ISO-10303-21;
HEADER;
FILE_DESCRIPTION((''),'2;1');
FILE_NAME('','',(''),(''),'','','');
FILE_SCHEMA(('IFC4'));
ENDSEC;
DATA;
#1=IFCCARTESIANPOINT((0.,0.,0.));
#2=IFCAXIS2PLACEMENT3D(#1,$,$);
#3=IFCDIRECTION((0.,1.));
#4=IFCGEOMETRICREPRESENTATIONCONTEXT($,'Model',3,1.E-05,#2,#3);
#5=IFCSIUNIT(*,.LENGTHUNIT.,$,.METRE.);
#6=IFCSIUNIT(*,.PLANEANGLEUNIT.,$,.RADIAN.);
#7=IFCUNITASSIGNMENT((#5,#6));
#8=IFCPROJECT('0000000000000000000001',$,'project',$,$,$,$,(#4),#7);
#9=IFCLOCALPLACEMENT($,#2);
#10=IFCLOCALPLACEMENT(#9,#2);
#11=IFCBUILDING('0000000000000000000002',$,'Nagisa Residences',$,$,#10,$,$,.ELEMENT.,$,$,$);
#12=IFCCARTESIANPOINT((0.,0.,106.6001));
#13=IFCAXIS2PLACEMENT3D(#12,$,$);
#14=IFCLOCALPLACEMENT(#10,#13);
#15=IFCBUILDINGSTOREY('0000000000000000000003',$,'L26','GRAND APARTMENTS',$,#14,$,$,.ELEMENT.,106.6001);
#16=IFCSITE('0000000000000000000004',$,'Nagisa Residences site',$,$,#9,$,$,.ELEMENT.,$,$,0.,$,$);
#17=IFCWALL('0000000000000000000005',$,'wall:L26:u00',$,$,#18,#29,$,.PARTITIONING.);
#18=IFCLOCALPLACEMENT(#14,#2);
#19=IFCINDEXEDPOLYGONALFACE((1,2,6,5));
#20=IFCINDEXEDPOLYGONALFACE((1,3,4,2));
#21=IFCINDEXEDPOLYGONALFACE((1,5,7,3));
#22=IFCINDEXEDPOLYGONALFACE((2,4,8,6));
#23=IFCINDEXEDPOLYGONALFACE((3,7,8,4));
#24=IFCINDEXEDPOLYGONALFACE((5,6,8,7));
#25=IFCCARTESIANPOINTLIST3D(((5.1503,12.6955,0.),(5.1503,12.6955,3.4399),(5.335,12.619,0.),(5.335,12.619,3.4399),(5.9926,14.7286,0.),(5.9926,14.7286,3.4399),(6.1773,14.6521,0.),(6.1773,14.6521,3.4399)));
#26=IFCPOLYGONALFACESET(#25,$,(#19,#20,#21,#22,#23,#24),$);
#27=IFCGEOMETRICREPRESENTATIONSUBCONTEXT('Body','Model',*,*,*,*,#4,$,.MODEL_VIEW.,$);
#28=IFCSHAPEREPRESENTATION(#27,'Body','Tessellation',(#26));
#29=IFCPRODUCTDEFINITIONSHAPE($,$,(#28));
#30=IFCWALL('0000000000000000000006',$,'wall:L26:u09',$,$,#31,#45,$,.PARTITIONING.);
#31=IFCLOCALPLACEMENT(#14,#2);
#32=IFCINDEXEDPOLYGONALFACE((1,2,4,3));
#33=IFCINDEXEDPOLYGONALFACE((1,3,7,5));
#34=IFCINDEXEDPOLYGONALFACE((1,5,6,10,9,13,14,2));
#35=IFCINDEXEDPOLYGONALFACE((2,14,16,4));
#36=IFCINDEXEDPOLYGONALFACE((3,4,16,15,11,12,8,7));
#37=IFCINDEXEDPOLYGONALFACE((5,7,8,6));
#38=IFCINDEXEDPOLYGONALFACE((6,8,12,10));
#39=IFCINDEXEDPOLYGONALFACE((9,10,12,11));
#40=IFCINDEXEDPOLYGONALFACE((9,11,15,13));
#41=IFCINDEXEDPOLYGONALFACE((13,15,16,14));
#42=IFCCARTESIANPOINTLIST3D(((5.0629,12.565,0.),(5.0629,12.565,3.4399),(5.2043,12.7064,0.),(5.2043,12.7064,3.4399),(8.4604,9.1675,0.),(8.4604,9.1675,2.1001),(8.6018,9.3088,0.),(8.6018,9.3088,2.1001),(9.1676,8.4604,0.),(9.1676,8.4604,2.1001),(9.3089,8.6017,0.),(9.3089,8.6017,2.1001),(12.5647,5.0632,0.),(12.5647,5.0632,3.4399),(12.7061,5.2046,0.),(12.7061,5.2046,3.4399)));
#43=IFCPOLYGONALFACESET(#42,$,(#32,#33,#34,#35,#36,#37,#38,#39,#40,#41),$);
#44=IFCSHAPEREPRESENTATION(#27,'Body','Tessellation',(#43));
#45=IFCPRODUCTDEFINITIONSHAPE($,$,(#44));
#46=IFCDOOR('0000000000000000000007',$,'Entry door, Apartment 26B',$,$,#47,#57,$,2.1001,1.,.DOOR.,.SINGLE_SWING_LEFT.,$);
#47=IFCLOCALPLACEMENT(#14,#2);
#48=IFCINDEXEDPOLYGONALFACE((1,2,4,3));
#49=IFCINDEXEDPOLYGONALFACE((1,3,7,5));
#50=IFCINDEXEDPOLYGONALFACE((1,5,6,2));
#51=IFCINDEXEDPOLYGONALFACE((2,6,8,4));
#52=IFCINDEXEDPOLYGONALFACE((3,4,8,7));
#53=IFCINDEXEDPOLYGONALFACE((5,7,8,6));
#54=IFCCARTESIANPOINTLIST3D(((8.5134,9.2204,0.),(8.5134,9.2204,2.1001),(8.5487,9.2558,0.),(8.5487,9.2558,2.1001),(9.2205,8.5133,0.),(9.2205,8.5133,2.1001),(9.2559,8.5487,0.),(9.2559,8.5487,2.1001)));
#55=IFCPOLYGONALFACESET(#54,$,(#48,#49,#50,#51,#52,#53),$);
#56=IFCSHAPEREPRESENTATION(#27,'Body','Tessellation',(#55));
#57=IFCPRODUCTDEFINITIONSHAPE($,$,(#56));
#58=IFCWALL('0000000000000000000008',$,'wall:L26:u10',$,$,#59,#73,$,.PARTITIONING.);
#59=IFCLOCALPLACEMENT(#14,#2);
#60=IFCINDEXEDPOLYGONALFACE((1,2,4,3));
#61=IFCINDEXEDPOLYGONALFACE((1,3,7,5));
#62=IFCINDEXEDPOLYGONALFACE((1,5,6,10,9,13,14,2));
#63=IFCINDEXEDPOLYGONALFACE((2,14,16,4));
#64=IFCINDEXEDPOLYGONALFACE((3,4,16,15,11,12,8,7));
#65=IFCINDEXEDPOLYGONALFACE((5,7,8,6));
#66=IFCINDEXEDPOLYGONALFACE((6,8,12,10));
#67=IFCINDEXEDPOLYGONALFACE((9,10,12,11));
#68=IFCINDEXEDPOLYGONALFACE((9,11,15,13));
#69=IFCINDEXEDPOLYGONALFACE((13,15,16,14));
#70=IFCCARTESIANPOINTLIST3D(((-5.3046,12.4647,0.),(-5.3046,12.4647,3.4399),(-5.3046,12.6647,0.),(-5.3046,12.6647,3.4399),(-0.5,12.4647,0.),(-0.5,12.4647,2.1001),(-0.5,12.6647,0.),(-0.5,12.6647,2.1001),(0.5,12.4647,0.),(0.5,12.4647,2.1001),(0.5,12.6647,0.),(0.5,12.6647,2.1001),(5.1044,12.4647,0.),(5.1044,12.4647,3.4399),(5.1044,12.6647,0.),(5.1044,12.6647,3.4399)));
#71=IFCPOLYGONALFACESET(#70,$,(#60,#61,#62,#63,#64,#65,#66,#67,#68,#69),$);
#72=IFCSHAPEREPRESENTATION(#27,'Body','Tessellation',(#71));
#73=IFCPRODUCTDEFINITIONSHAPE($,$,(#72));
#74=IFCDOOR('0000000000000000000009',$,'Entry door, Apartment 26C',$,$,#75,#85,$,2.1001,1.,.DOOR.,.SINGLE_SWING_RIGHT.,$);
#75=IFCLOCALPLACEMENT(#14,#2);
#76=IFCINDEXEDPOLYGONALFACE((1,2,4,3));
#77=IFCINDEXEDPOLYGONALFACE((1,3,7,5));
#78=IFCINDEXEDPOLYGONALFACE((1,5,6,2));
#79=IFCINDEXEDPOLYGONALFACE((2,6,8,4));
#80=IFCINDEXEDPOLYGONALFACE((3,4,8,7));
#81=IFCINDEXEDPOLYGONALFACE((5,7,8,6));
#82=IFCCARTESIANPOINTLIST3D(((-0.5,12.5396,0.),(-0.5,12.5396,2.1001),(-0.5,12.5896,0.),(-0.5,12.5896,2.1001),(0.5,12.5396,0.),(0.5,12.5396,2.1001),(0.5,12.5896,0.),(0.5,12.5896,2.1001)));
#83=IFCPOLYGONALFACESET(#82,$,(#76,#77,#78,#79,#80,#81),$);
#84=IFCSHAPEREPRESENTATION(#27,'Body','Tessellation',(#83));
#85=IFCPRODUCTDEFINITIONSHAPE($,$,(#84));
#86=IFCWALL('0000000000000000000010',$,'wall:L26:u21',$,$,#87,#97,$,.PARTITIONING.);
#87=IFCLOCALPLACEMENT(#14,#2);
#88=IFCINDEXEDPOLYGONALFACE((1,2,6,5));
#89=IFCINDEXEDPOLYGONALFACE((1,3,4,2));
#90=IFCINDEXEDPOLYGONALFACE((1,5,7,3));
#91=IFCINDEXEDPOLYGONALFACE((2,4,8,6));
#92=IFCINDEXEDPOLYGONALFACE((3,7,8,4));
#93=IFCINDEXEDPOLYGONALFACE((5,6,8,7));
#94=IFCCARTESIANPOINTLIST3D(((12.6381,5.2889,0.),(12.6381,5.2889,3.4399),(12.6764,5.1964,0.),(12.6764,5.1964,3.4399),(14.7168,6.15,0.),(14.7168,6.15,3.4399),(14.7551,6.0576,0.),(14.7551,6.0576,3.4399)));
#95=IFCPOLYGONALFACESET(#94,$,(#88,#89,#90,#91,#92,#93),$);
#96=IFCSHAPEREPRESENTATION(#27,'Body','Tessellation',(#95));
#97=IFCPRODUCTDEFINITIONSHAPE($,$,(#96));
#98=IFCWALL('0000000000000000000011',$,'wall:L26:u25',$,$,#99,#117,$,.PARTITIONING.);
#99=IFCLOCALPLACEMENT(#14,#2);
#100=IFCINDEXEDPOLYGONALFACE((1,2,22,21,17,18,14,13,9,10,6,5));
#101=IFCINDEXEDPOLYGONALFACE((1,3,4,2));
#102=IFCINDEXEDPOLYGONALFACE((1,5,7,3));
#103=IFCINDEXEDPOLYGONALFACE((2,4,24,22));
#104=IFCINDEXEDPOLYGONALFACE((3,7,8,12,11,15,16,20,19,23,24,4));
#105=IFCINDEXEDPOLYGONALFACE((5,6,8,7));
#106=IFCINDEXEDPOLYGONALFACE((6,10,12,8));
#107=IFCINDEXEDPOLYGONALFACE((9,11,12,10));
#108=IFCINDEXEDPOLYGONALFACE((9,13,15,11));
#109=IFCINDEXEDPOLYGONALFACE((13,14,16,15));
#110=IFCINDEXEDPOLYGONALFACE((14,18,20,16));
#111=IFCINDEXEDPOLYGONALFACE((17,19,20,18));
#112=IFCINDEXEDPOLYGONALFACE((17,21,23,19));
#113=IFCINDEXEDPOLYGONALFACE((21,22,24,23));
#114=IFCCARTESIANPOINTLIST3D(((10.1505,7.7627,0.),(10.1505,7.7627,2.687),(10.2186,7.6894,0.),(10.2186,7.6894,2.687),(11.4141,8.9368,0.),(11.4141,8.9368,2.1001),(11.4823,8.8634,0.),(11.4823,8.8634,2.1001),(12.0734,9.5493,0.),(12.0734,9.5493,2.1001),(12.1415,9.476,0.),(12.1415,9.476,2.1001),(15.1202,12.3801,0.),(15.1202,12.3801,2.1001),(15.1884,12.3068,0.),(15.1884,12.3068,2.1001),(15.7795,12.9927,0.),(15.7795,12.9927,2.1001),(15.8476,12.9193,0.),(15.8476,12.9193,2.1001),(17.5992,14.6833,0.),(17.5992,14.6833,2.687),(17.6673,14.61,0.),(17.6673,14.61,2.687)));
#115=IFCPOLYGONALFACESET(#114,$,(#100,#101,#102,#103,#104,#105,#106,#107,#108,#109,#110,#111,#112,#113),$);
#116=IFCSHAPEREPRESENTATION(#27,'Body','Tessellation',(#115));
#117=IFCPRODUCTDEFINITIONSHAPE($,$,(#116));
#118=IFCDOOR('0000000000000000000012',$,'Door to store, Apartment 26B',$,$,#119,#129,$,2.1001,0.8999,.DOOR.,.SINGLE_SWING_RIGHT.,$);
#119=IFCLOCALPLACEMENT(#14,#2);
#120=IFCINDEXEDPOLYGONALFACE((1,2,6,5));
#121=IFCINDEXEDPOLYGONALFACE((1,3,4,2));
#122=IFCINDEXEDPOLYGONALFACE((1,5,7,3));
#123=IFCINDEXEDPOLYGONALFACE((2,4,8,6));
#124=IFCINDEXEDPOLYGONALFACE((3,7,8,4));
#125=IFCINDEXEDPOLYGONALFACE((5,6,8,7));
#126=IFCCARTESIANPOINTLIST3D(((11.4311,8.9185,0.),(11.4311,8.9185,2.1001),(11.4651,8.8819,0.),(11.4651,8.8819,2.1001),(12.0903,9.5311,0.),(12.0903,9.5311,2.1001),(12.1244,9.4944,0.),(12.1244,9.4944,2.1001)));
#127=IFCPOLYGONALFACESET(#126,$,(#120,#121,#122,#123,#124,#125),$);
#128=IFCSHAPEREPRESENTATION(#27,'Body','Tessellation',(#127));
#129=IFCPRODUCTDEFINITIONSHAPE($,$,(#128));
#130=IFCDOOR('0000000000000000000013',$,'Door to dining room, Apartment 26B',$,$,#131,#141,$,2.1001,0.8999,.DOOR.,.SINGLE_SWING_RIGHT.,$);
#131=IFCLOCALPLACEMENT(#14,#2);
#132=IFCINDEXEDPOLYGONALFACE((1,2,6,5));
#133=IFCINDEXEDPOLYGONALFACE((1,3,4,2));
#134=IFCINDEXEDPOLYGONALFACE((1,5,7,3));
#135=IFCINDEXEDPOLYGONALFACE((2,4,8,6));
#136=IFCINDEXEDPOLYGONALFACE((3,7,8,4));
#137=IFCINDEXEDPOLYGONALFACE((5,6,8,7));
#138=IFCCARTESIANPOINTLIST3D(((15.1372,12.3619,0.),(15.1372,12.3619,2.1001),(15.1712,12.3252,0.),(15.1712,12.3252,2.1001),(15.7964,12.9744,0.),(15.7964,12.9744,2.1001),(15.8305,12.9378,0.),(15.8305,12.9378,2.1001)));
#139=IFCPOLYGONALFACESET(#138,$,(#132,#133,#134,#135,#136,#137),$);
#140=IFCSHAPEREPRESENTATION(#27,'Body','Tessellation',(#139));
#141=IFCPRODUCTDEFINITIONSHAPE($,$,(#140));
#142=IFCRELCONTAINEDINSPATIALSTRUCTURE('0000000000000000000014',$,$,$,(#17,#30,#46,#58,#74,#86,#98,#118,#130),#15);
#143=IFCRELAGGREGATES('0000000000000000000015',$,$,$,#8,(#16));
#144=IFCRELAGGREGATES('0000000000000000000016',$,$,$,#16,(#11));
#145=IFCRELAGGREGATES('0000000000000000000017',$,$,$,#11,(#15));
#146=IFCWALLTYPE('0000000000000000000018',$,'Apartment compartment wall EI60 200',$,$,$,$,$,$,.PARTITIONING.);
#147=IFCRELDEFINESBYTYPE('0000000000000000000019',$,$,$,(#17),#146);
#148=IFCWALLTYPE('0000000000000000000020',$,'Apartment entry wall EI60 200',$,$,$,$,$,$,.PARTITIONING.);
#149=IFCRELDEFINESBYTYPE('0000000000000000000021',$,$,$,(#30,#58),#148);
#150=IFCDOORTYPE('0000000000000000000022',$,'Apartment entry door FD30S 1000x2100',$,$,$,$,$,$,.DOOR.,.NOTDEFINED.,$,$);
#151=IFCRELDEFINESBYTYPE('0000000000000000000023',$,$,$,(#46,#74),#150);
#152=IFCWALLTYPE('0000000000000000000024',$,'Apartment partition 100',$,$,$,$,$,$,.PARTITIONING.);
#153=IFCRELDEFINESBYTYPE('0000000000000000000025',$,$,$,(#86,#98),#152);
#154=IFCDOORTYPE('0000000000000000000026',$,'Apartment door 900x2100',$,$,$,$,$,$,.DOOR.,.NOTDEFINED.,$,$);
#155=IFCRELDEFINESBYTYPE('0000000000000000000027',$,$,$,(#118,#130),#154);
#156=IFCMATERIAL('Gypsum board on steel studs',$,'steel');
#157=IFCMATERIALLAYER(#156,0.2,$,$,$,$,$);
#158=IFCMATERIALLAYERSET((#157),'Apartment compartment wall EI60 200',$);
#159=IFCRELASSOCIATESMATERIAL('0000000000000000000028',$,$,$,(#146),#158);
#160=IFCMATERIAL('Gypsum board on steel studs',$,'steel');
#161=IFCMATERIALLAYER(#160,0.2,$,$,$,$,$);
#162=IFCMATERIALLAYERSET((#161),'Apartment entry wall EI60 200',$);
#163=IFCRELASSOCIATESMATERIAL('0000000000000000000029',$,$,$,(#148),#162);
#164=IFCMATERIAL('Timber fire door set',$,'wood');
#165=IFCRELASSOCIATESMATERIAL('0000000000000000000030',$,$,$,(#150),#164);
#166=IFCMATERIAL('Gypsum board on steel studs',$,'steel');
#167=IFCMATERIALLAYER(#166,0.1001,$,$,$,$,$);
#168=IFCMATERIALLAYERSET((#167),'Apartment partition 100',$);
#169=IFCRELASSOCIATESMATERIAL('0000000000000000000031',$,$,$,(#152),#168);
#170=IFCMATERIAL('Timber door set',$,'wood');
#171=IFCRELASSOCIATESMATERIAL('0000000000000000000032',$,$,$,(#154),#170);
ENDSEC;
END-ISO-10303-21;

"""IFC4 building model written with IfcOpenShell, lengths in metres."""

from ifc_helpers import new_model, si_unit, direction, frame, frame_2d, origin, place, context, subcontext, project, spatial, rectangle, extrude, material, layer, layer_set, type_object, element, fill, save


model = new_model("IFC4")

# Units and contexts
model_context = context("Model", 3, precision=1e-05, world=origin(), true_north=direction((0.0, 1.0)))
body_context = subcontext(model_context, "Body", "Model", "MODEL_VIEW")
ifc_project = project(units=[si_unit("LENGTHUNIT", "METRE"), si_unit("PLANEANGLEUNIT", "RADIAN")], contexts=[model_context])

# Site, building, storey
site_placement = place(None, origin())
site = spatial("IfcSite", under=ifc_project, at=site_placement, Name="Nagisa Residences site", CompositionType="ELEMENT", RefElevation=0.0)
building_placement = place(site_placement, origin())
building = spatial("IfcBuilding", under=site, at=building_placement, Name="Nagisa Residences", CompositionType="ELEMENT")
storey_placement = place(building_placement, frame((0.0, 0.0, 106.6001)))
storey = spatial("IfcBuildingStorey", under=building, at=storey_placement, Name="L26", Description="GRAND APARTMENTS", CompositionType="ELEMENT", Elevation=106.6001)

# Wall
ifc_material_1 = material(Name="Gypsum board on steel studs", Category="steel")
ifc_layer_1 = layer(ifc_material_1, 0.2)
ifc_layer_set_1 = layer_set([ifc_layer_1], Name="Apartment compartment wall EI60 200")
wall_type_1 = type_object("IfcWallType", Name="Apartment compartment wall EI60 200", PredefinedType="PARTITIONING", material=ifc_layer_set_1)
wall_1_placement = place(storey_placement, frame((5.2427, 12.6572, 0.0), z_axis=(0.0, 0.0, 1.0), x_axis=(0.382724, 0.923863, 0.0)))
element("IfcWall", 1, at=wall_1_placement, inside=storey, type_object=wall_type_1, Name="wall:L26:u00", PredefinedType="PARTITIONING", context=body_context, shape_type="SweptSolid", body=[
    extrude(rectangle(XDim=2.2007, YDim=0.2, at=frame_2d((1.1003, 0.0))), origin(), (0.0, 0.0, 1.0), 3.4399),
])

# Walls, openings, doors
ifc_material_2 = material(Name="Gypsum board on steel studs", Category="steel")
ifc_layer_2 = layer(ifc_material_2, 0.2)
ifc_layer_set_2 = layer_set([ifc_layer_2], Name="Apartment entry wall EI60 200")
wall_type_2 = type_object("IfcWallType", Name="Apartment entry wall EI60 200", PredefinedType="PARTITIONING", material=ifc_layer_set_2)
wall_2_placement = place(storey_placement, frame((12.6355, 5.1338, 0.0), z_axis=(0.0, 0.0, 1.0), x_axis=(-0.707107, 0.707107, 0.0)))
wall_2 = element("IfcWall", 2, at=wall_2_placement, inside=storey, type_object=wall_type_2, Name="wall:L26:u09", PredefinedType="PARTITIONING", context=body_context, shape_type="SweptSolid", body=[
    extrude(rectangle(XDim=10.6091, YDim=0.2, at=frame_2d((5.3047, 0.0))), origin(), (0.0, 0.0, 1.0), 3.4399),
])
opening_1_placement = place(wall_2_placement, frame((4.8044, 0.0, 0.0)))
opening_1 = element("IfcOpeningElement", 3, at=opening_1_placement, cuts=wall_2, PredefinedType="OPENING", context=body_context, shape_type="SweptSolid", body=[
    extrude(rectangle(XDim=1.0, YDim=2.1001, at=frame_2d((0.5, 1.05))), frame((0.0, 0.1099, 0.0), z_axis=(0.0, -1.0, 0.0), x_axis=(1.0, 0.0, 0.0)), (0.0, 0.0, 1.0), 0.22),
])
ifc_material_3 = material(Name="Timber fire door set", Category="wood")
door_type_1 = type_object("IfcDoorType", Name="Apartment entry door FD30S 1000x2100", OperationType="NOTDEFINED", PredefinedType="DOOR", material=ifc_material_3)
door_1_placement = place(opening_1_placement, frame((1.0, 0.0, 0.0), x_axis=(-1.0, 0.0, 0.0)))
door_1 = element("IfcDoor", 4, at=door_1_placement, inside=storey, type_object=door_type_1, Name="Entry door, Apartment 26B", OperationType="SINGLE_SWING_LEFT", OverallHeight=2.1001, OverallWidth=1.0, PredefinedType="DOOR", context=body_context, shape_type="SweptSolid", body=[
    extrude(rectangle(XDim=1.0, YDim=2.1001, at=frame_2d((0.5, 1.05))), frame((0.0, 0.0249, 0.0), z_axis=(0.0, -1.0, 0.0), x_axis=(1.0, 0.0, 0.0)), (0.0, 0.0, 1.0), 0.05),
])
fill(opening_1, door_1)
wall_3_placement = place(storey_placement, frame((5.1045, 12.5647, 0.0), z_axis=(0.0, 0.0, 1.0), x_axis=(-1.0, 0.0, 0.0)))
wall_3 = element("IfcWall", 5, at=wall_3_placement, inside=storey, type_object=wall_type_2, Name="wall:L26:u10", PredefinedType="PARTITIONING", context=body_context, shape_type="SweptSolid", body=[
    extrude(rectangle(XDim=10.4089, YDim=0.2, at=frame_2d((5.2046, 0.0))), origin(), (0.0, 0.0, 1.0), 3.4399),
])
opening_2_placement = place(wall_3_placement, frame((4.6045, 0.0, 0.0)))
opening_2 = element("IfcOpeningElement", 6, at=opening_2_placement, cuts=wall_3, PredefinedType="OPENING", context=body_context, shape_type="SweptSolid", body=[
    extrude(rectangle(XDim=1.0, YDim=2.1001, at=frame_2d((0.5, 1.05))), frame((0.0, 0.1099, 0.0), z_axis=(0.0, -1.0, 0.0), x_axis=(1.0, 0.0, 0.0)), (0.0, 0.0, 1.0), 0.22),
])
door_2_placement = place(opening_2_placement, frame((1.0, 0.0, 0.0), x_axis=(-1.0, 0.0, 0.0)))
door_2 = element("IfcDoor", 7, at=door_2_placement, inside=storey, type_object=door_type_1, Name="Entry door, Apartment 26C", OperationType="SINGLE_SWING_RIGHT", OverallHeight=2.1001, OverallWidth=1.0, PredefinedType="DOOR", context=body_context, shape_type="SweptSolid", body=[
    extrude(rectangle(XDim=1.0, YDim=2.1001, at=frame_2d((0.5, 1.05))), frame((0.0, 0.0249, 0.0), z_axis=(0.0, -1.0, 0.0), x_axis=(1.0, 0.0, 0.0)), (0.0, 0.0, 1.0), 0.05),
])
fill(opening_2, door_2)

# Wall
ifc_material_4 = material(Name="Gypsum board on steel studs", Category="steel")
ifc_layer_3 = layer(ifc_material_4, 0.1001)
ifc_layer_set_3 = layer_set([ifc_layer_3], Name="Apartment partition 100")
wall_type_3 = type_object("IfcWallType", Name="Apartment partition 100", PredefinedType="PARTITIONING", material=ifc_layer_set_3)
wall_4_placement = place(storey_placement, frame((12.6572, 5.2427, 0.0), z_axis=(0.0, 0.0, 1.0), x_axis=(0.923865, 0.382719, 0.0)))
element("IfcWall", 8, at=wall_4_placement, inside=storey, type_object=wall_type_3, Name="wall:L26:u21", PredefinedType="PARTITIONING", context=body_context, shape_type="SweptSolid", body=[
    extrude(rectangle(XDim=2.25, YDim=0.1001, at=frame_2d((1.125, 0.0))), origin(), (0.0, 0.0, 1.0), 3.4399),
])

# Wall, openings, doors
wall_5_placement = place(storey_placement, frame((10.1846, 7.7261, 0.0), z_axis=(0.0, 0.0, 1.0), x_axis=(0.732598, 0.680661, 0.0)))
wall_5 = element("IfcWall", 9, at=wall_5_placement, inside=storey, type_object=wall_type_3, Name="wall:L26:u25", PredefinedType="PARTITIONING", context=body_context, shape_type="SweptSolid", body=[
    extrude(rectangle(XDim=10.1675, YDim=0.1001, at=frame_2d((5.0837, 0.0))), origin(), (0.0, 0.0, 1.0), 2.687),
])
opening_3_placement = place(wall_5_placement, frame((1.7249, 0.0, 0.0)))
opening_3 = element("IfcOpeningElement", 10, at=opening_3_placement, cuts=wall_5, PredefinedType="OPENING", context=body_context, shape_type="SweptSolid", body=[
    extrude(rectangle(XDim=0.8999, YDim=2.1001, at=frame_2d((0.45, 1.05))), frame((0.0, 0.0601, 0.0), z_axis=(0.0, -1.0, 0.0), x_axis=(1.0, 0.0, 0.0)), (0.0, 0.0, 1.0), 0.1201),
])
opening_4_placement = place(wall_5_placement, frame((6.7837, 0.0, 0.0)))
opening_4 = element("IfcOpeningElement", 11, at=opening_4_placement, cuts=wall_5, PredefinedType="OPENING", context=body_context, shape_type="SweptSolid", body=[
    extrude(rectangle(XDim=0.8999, YDim=2.1001, at=frame_2d((0.45, 1.05))), frame((0.0, 0.0601, 0.0), z_axis=(0.0, -1.0, 0.0), x_axis=(1.0, 0.0, 0.0)), (0.0, 0.0, 1.0), 0.1201),
])
ifc_material_5 = material(Name="Timber door set", Category="wood")
door_type_2 = type_object("IfcDoorType", Name="Apartment door 900x2100", OperationType="NOTDEFINED", PredefinedType="DOOR", material=ifc_material_5)
door_3_placement = place(opening_3_placement, frame((0.8999, 0.0, 0.0), x_axis=(-1.0, 0.0, 0.0)))
door_3 = element("IfcDoor", 12, at=door_3_placement, inside=storey, type_object=door_type_2, Name="Door to store, Apartment 26B", OperationType="SINGLE_SWING_RIGHT", OverallHeight=2.1001, OverallWidth=0.8999, PredefinedType="DOOR", context=body_context, shape_type="SweptSolid", body=[
    extrude(rectangle(XDim=0.8999, YDim=2.1001, at=frame_2d((0.45, 1.05))), frame((0.0, 0.0249, 0.0), z_axis=(0.0, -1.0, 0.0), x_axis=(1.0, 0.0, 0.0)), (0.0, 0.0, 1.0), 0.05),
])
fill(opening_3, door_3)
door_4_placement = place(opening_4_placement, frame((0.8999, 0.0, 0.0), x_axis=(-1.0, 0.0, 0.0)))
door_4 = element("IfcDoor", 13, at=door_4_placement, inside=storey, type_object=door_type_2, Name="Door to dining room, Apartment 26B", OperationType="SINGLE_SWING_RIGHT", OverallHeight=2.1001, OverallWidth=0.8999, PredefinedType="DOOR", context=body_context, shape_type="SweptSolid", body=[
    extrude(rectangle(XDim=0.8999, YDim=2.1001, at=frame_2d((0.45, 1.05))), frame((0.0, 0.0249, 0.0), z_axis=(0.0, -1.0, 0.0), x_axis=(1.0, 0.0, 0.0)), (0.0, 0.0, 1.0), 0.05),
])
fill(opening_4, door_4)

save(model, "model.ifc")
